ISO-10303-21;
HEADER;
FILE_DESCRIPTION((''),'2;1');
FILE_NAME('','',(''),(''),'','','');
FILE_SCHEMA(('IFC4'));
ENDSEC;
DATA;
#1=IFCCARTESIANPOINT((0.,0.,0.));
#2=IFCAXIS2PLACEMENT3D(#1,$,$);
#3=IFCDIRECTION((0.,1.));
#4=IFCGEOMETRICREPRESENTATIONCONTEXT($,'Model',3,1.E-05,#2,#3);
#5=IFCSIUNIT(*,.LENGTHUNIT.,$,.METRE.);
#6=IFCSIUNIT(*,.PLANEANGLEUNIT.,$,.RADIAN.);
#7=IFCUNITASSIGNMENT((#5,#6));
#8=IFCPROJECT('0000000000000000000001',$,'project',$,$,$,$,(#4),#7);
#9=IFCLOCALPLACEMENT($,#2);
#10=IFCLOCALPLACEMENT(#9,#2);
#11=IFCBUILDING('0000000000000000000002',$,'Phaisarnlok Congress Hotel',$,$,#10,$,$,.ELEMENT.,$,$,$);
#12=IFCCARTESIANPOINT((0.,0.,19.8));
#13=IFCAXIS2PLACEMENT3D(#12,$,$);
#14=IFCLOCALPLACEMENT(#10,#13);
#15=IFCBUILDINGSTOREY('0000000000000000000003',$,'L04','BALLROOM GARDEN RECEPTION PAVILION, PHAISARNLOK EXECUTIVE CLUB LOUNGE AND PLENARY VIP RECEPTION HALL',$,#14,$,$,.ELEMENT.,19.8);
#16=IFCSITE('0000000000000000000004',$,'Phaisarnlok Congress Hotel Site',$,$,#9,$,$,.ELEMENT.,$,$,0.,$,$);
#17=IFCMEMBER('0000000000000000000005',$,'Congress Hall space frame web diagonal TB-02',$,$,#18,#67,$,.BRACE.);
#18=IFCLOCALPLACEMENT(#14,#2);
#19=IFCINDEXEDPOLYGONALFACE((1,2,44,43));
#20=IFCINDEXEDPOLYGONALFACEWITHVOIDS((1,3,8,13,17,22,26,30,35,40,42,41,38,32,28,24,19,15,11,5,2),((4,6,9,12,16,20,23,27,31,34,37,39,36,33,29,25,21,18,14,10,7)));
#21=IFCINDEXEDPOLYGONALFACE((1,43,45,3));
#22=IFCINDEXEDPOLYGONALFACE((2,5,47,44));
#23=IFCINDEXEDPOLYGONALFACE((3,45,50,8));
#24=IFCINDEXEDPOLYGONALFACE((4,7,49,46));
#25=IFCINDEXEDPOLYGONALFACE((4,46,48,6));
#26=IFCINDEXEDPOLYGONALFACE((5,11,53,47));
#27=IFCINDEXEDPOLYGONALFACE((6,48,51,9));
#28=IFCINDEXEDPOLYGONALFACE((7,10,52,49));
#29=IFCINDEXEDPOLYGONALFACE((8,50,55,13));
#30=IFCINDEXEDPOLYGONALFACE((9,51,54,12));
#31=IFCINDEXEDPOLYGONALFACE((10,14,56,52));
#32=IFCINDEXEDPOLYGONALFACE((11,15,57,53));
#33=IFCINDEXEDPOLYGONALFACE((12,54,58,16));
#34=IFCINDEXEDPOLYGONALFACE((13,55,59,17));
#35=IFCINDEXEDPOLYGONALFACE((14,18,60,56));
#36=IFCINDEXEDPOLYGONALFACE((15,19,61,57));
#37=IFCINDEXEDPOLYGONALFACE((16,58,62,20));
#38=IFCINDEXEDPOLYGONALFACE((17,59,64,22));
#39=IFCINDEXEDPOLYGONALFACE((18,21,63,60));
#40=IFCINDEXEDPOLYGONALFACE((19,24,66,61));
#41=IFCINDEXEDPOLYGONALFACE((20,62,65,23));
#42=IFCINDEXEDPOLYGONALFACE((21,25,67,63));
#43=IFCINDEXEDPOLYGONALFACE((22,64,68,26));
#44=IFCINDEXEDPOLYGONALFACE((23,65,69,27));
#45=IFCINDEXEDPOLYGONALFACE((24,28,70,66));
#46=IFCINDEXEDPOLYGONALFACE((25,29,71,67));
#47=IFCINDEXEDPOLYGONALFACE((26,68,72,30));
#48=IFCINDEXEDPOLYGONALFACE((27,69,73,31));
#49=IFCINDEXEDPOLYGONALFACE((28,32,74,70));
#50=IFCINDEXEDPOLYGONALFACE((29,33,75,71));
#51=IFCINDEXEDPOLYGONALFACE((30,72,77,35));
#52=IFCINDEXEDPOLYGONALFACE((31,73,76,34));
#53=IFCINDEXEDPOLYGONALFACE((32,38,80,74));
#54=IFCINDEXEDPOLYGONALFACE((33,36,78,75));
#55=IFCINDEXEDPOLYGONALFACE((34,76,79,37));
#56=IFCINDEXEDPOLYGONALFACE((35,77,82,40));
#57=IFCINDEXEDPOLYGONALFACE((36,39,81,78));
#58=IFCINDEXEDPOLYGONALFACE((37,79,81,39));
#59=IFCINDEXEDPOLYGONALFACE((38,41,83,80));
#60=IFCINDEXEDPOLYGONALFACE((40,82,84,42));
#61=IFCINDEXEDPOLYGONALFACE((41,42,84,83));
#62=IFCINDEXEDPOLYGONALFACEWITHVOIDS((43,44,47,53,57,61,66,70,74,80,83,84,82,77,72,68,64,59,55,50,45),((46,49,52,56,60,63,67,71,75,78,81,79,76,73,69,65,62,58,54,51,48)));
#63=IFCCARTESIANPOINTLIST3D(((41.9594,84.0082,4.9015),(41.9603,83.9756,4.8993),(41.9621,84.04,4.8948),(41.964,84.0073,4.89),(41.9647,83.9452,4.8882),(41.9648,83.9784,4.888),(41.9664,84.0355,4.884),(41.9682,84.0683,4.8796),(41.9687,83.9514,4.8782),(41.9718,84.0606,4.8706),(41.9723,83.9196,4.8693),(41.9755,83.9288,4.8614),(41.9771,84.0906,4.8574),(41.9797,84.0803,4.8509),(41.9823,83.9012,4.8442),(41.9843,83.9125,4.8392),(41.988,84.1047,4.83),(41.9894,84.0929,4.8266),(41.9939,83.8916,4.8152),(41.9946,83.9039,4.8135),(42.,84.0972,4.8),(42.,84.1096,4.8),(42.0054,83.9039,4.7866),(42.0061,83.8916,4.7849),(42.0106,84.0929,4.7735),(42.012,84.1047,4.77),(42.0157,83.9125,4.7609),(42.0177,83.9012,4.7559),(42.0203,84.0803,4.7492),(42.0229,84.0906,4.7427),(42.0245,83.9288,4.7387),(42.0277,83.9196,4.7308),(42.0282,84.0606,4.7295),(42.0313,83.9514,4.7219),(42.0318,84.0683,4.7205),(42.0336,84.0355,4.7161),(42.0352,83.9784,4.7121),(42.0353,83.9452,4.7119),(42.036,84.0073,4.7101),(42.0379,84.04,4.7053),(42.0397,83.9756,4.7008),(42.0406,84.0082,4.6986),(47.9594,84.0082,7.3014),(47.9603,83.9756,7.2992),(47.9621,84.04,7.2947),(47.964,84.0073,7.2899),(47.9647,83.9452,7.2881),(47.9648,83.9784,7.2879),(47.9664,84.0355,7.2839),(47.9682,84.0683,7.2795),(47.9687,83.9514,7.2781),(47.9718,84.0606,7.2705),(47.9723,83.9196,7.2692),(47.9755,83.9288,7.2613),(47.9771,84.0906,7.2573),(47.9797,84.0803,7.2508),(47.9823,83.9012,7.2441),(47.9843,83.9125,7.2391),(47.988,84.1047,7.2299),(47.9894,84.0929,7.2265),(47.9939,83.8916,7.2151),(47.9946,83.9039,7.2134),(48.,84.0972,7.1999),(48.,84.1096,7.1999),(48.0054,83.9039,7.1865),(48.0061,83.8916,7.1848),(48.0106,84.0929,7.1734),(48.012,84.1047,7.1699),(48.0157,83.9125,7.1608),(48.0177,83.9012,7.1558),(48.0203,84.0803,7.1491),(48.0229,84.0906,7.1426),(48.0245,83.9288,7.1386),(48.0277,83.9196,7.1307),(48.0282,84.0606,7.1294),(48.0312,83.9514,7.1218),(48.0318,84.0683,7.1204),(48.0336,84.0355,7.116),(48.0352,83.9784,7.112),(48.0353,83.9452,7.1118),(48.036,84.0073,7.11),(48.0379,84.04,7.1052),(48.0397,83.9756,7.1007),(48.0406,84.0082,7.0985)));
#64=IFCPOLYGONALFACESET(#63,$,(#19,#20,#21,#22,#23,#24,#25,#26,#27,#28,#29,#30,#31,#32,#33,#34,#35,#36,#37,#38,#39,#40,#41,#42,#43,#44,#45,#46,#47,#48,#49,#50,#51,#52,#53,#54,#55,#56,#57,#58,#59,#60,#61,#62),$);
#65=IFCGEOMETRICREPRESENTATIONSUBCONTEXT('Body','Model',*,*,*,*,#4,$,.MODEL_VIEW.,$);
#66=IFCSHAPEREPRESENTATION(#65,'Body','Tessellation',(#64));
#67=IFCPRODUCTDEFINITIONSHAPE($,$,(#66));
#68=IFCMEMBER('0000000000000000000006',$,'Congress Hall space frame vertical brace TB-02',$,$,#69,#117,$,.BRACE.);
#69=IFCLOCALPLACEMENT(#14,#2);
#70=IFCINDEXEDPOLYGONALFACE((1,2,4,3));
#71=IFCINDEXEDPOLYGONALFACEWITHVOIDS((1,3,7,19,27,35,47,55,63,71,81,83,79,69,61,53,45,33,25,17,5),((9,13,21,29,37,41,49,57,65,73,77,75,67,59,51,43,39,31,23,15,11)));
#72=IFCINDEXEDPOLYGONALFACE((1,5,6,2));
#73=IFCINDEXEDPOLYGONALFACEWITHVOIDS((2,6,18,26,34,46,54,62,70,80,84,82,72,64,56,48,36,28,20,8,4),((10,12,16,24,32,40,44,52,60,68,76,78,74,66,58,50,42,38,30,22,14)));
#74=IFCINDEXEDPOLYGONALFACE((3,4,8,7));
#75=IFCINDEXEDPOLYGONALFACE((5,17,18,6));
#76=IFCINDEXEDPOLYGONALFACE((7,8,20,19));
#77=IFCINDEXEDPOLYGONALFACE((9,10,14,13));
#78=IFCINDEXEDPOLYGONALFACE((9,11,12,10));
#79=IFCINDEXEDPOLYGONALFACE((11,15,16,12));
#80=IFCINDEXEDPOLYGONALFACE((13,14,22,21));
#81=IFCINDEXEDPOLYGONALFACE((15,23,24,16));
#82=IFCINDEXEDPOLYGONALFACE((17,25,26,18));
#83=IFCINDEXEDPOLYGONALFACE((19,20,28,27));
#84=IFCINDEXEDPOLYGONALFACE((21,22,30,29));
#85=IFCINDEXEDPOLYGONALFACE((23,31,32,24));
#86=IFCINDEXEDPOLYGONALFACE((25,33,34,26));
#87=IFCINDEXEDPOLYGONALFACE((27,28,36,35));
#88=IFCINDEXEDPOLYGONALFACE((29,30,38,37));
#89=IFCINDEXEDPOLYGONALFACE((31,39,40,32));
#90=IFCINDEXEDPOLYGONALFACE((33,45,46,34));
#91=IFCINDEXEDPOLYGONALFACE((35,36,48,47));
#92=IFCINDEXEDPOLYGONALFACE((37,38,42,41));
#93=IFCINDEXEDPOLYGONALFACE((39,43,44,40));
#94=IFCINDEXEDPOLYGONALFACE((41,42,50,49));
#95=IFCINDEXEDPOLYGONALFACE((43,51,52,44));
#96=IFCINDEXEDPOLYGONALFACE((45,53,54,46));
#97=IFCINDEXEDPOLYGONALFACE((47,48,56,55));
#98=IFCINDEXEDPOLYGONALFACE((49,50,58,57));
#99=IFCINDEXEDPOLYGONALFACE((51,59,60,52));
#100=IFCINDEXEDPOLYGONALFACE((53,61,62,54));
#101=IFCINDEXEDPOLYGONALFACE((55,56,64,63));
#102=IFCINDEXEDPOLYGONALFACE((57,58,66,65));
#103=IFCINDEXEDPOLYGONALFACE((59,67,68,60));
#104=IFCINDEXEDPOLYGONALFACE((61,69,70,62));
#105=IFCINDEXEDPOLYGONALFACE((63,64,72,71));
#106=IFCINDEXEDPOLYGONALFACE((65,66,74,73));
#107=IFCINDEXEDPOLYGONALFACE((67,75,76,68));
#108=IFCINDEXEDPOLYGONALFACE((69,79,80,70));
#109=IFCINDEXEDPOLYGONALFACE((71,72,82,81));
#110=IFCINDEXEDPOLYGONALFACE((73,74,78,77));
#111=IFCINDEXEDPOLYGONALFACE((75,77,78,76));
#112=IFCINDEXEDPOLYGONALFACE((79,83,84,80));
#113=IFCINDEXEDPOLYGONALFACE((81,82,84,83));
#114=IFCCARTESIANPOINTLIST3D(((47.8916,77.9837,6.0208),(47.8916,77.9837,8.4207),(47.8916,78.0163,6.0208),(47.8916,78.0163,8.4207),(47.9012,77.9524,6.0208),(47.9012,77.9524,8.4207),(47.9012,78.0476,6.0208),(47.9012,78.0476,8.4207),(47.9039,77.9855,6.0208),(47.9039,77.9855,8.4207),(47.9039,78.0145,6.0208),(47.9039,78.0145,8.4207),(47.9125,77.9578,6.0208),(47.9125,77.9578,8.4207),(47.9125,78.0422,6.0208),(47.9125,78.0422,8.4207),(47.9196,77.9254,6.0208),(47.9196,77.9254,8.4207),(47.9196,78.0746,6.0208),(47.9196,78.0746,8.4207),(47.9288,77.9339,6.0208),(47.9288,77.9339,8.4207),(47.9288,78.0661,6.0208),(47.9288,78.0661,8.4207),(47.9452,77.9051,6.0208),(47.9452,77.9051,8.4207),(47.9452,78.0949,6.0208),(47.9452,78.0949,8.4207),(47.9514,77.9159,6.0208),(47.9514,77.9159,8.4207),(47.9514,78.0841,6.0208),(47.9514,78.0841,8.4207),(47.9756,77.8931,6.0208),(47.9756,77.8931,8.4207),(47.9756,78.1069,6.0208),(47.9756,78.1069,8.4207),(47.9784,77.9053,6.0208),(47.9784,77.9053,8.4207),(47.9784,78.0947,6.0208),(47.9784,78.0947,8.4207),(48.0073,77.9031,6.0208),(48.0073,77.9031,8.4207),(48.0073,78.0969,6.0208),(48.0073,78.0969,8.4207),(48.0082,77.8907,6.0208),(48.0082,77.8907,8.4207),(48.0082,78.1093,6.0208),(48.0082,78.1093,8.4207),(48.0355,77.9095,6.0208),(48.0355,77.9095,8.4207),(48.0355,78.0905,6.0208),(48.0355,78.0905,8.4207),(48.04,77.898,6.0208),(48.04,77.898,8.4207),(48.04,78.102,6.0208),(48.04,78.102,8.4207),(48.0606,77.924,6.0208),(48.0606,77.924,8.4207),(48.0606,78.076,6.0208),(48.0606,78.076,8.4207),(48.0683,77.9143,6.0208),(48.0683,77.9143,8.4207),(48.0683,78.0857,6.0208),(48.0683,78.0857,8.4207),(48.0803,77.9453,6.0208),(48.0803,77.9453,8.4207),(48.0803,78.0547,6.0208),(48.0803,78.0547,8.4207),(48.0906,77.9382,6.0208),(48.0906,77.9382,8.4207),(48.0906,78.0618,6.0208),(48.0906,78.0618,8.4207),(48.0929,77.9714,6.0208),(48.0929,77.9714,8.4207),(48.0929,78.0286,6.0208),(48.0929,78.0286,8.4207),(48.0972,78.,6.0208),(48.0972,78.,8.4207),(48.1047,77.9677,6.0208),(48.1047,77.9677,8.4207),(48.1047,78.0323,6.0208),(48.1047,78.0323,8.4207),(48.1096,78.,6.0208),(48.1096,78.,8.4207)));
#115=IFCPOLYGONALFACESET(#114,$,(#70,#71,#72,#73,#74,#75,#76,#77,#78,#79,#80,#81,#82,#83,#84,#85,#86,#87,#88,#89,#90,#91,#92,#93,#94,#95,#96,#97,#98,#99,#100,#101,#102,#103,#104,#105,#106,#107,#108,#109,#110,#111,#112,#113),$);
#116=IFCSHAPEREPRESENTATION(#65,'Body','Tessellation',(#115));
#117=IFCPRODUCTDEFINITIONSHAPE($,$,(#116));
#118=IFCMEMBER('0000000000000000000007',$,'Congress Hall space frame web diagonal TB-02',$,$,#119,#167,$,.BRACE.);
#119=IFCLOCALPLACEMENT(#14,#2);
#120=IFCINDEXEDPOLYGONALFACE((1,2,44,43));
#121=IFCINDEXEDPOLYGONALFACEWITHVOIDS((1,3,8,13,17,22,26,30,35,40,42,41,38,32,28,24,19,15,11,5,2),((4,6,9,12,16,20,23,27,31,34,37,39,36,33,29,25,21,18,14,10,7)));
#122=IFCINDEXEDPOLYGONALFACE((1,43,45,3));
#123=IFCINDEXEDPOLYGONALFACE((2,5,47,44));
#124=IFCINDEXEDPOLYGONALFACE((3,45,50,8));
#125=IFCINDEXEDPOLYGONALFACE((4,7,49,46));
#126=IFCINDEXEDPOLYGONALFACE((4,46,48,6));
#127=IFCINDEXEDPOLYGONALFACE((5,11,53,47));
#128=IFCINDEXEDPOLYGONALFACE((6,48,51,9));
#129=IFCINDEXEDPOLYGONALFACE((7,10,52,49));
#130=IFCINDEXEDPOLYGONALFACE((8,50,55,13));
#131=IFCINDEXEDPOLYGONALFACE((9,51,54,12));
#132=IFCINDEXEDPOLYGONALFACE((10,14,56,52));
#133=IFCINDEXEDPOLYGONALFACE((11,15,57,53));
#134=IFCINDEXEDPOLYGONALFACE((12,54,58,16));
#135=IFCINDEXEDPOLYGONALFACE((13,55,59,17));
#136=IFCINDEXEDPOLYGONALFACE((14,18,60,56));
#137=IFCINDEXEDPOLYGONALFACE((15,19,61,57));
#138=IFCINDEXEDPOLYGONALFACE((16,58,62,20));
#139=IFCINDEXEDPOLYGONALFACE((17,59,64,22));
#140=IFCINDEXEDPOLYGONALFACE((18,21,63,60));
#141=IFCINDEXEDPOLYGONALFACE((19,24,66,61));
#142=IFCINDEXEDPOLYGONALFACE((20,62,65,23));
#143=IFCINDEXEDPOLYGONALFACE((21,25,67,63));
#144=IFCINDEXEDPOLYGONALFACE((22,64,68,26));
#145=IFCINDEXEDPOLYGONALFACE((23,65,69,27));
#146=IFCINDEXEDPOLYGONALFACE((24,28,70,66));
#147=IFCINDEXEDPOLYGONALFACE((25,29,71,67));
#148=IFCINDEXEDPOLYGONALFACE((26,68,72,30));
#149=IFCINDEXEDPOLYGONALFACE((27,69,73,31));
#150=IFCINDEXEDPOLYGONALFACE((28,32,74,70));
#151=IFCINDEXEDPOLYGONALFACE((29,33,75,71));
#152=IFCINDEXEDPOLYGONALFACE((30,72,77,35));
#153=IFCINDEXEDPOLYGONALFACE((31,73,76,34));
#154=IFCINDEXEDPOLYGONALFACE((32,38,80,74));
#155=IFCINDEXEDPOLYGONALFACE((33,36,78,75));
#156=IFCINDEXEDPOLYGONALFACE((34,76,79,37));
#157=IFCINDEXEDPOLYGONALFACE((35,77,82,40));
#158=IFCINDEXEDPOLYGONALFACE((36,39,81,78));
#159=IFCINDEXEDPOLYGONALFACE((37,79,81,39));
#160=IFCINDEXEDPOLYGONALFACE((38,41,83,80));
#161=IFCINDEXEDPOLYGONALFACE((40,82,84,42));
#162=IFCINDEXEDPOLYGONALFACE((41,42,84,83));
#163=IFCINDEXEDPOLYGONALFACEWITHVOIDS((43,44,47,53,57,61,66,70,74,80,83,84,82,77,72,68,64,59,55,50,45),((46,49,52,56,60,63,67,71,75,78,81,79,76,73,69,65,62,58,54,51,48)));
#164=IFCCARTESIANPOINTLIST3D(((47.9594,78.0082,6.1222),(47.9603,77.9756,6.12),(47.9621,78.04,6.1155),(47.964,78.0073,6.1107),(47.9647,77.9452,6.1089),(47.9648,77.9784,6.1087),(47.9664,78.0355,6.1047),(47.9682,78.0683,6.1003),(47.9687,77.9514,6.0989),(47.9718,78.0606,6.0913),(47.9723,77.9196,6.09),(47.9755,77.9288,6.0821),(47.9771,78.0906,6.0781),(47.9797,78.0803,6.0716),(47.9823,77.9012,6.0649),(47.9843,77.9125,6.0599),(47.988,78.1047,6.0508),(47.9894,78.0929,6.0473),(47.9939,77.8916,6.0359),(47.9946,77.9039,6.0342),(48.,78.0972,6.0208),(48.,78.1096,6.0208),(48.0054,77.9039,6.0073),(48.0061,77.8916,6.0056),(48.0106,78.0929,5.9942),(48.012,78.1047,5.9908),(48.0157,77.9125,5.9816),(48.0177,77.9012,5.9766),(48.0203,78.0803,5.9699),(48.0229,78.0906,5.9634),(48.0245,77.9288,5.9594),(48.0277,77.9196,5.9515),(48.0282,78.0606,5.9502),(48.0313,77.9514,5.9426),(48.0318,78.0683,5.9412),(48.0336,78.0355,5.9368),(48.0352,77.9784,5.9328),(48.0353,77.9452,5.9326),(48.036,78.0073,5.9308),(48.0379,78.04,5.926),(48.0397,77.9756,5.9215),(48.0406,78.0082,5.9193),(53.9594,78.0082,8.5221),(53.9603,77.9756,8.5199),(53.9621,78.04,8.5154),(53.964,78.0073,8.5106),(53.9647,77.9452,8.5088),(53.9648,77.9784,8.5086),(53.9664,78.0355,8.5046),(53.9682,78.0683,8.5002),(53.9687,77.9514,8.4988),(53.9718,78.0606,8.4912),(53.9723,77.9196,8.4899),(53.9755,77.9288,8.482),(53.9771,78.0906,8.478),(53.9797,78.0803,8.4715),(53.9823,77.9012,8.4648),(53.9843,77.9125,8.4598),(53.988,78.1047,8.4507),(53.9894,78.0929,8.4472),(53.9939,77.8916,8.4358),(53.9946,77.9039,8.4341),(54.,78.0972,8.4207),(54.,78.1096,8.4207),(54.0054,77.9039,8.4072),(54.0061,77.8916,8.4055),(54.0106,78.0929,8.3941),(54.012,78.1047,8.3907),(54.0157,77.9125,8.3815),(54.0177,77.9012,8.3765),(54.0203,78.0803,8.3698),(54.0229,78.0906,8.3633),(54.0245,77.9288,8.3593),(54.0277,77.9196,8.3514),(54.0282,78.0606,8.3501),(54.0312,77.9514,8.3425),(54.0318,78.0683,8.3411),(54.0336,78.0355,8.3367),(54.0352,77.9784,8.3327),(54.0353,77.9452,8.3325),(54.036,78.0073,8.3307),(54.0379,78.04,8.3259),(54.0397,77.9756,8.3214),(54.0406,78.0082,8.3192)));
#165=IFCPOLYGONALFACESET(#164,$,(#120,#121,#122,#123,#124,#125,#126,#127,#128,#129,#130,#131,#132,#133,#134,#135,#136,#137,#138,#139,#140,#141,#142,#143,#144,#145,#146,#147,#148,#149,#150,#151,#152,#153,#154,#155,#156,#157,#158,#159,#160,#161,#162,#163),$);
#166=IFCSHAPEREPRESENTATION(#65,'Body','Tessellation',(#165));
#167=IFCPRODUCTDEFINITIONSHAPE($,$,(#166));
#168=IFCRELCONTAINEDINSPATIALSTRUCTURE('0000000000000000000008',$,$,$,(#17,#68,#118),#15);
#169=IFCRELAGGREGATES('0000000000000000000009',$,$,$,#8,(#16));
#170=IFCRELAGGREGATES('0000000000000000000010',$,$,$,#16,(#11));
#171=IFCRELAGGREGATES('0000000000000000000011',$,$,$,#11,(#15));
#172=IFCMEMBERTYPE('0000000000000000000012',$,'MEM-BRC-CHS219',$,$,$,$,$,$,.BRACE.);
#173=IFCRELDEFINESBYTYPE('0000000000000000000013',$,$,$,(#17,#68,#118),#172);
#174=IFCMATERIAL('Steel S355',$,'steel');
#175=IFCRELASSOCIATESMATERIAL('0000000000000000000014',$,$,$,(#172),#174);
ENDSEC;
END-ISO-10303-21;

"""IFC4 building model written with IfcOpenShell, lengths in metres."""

from ifc_helpers import new_model, si_unit, direction, frame, origin, origin_2d, place, context, subcontext, project, spatial, hollow_circle, extrude, material, material_profile, profile_set, type_object, element, save


model = new_model("IFC4")

# Units and contexts
model_context = context("Model", 3, precision=1e-05, world=origin(), true_north=direction((0.0, 1.0)))
body_context = subcontext(model_context, "Body", "Model", "MODEL_VIEW")
ifc_project = project(units=[si_unit("LENGTHUNIT", "METRE"), si_unit("PLANEANGLEUNIT", "RADIAN")], contexts=[model_context])

# Site, building, storey
site_placement = place(None, origin())
site = spatial("IfcSite", under=ifc_project, at=site_placement, Name="Phaisarnlok Congress Hotel Site", CompositionType="ELEMENT", RefElevation=0.0)
building_placement = place(site_placement, origin())
building = spatial("IfcBuilding", under=site, at=building_placement, Name="Phaisarnlok Congress Hotel", CompositionType="ELEMENT")
storey_placement = place(building_placement, frame((0.0, 0.0, 19.8)))
storey = spatial("IfcBuildingStorey", under=building, at=storey_placement, Name="L04", Description="BALLROOM GARDEN RECEPTION PAVILION, PHAISARNLOK EXECUTIVE CLUB LOUNGE AND PLENARY VIP RECEPTION HALL", CompositionType="ELEMENT", Elevation=19.8)

# Members
ifc_material_1 = material(Name="Steel S355", Category="steel")
ifc_material_profile_1 = material_profile(ifc_material_1, hollow_circle(Radius=0.1096, WallThickness=0.0125, at=origin_2d()), Name="CHS 219.1x12.5")
ifc_profile_set_1 = profile_set([ifc_material_profile_1], Name="Steel S355")
member_type_1 = type_object("IfcMemberType", Name="MEM-BRC-CHS219", PredefinedType="BRACE", material=ifc_profile_set_1)
member_1_placement = place(storey_placement, frame((42.0, 84.0, 4.8), z_axis=(0.928482, 0.0, 0.371378), x_axis=(0.0, 1.0, 0.0)))
element("IfcMember", 1, at=member_1_placement, inside=storey, type_object=member_type_1, Name="Congress Hall space frame web diagonal TB-02", PredefinedType="BRACE", context=body_context, shape_type="SweptSolid", body=[
    extrude(hollow_circle(Radius=0.1096, WallThickness=0.0125, at=origin_2d()), origin(), (0.0, 0.0, 1.0), 6.4622),
])
member_2_placement = place(storey_placement, frame((48.0, 78.0, 6.0208), z_axis=(0.0, 0.0, 1.0), x_axis=(1.0, 0.0, 0.0)))
element("IfcMember", 2, at=member_2_placement, inside=storey, type_object=member_type_1, Name="Congress Hall space frame vertical brace TB-02", PredefinedType="BRACE", context=body_context, shape_type="SweptSolid", body=[
    extrude(hollow_circle(Radius=0.1096, WallThickness=0.0125, at=origin_2d()), origin(), (0.0, 0.0, 1.0), 2.3999),
])
member_3_placement = place(storey_placement, frame((48.0, 78.0, 6.0208), z_axis=(0.928482, 0.0, 0.371378), x_axis=(0.0, 1.0, 0.0)))
element("IfcMember", 3, at=member_3_placement, inside=storey, type_object=member_type_1, Name="Congress Hall space frame web diagonal TB-02", PredefinedType="BRACE", context=body_context, shape_type="SweptSolid", body=[
    extrude(hollow_circle(Radius=0.1096, WallThickness=0.0125, at=origin_2d()), origin(), (0.0, 0.0, 1.0), 6.4622),
])

save(model, "model.ifc")
